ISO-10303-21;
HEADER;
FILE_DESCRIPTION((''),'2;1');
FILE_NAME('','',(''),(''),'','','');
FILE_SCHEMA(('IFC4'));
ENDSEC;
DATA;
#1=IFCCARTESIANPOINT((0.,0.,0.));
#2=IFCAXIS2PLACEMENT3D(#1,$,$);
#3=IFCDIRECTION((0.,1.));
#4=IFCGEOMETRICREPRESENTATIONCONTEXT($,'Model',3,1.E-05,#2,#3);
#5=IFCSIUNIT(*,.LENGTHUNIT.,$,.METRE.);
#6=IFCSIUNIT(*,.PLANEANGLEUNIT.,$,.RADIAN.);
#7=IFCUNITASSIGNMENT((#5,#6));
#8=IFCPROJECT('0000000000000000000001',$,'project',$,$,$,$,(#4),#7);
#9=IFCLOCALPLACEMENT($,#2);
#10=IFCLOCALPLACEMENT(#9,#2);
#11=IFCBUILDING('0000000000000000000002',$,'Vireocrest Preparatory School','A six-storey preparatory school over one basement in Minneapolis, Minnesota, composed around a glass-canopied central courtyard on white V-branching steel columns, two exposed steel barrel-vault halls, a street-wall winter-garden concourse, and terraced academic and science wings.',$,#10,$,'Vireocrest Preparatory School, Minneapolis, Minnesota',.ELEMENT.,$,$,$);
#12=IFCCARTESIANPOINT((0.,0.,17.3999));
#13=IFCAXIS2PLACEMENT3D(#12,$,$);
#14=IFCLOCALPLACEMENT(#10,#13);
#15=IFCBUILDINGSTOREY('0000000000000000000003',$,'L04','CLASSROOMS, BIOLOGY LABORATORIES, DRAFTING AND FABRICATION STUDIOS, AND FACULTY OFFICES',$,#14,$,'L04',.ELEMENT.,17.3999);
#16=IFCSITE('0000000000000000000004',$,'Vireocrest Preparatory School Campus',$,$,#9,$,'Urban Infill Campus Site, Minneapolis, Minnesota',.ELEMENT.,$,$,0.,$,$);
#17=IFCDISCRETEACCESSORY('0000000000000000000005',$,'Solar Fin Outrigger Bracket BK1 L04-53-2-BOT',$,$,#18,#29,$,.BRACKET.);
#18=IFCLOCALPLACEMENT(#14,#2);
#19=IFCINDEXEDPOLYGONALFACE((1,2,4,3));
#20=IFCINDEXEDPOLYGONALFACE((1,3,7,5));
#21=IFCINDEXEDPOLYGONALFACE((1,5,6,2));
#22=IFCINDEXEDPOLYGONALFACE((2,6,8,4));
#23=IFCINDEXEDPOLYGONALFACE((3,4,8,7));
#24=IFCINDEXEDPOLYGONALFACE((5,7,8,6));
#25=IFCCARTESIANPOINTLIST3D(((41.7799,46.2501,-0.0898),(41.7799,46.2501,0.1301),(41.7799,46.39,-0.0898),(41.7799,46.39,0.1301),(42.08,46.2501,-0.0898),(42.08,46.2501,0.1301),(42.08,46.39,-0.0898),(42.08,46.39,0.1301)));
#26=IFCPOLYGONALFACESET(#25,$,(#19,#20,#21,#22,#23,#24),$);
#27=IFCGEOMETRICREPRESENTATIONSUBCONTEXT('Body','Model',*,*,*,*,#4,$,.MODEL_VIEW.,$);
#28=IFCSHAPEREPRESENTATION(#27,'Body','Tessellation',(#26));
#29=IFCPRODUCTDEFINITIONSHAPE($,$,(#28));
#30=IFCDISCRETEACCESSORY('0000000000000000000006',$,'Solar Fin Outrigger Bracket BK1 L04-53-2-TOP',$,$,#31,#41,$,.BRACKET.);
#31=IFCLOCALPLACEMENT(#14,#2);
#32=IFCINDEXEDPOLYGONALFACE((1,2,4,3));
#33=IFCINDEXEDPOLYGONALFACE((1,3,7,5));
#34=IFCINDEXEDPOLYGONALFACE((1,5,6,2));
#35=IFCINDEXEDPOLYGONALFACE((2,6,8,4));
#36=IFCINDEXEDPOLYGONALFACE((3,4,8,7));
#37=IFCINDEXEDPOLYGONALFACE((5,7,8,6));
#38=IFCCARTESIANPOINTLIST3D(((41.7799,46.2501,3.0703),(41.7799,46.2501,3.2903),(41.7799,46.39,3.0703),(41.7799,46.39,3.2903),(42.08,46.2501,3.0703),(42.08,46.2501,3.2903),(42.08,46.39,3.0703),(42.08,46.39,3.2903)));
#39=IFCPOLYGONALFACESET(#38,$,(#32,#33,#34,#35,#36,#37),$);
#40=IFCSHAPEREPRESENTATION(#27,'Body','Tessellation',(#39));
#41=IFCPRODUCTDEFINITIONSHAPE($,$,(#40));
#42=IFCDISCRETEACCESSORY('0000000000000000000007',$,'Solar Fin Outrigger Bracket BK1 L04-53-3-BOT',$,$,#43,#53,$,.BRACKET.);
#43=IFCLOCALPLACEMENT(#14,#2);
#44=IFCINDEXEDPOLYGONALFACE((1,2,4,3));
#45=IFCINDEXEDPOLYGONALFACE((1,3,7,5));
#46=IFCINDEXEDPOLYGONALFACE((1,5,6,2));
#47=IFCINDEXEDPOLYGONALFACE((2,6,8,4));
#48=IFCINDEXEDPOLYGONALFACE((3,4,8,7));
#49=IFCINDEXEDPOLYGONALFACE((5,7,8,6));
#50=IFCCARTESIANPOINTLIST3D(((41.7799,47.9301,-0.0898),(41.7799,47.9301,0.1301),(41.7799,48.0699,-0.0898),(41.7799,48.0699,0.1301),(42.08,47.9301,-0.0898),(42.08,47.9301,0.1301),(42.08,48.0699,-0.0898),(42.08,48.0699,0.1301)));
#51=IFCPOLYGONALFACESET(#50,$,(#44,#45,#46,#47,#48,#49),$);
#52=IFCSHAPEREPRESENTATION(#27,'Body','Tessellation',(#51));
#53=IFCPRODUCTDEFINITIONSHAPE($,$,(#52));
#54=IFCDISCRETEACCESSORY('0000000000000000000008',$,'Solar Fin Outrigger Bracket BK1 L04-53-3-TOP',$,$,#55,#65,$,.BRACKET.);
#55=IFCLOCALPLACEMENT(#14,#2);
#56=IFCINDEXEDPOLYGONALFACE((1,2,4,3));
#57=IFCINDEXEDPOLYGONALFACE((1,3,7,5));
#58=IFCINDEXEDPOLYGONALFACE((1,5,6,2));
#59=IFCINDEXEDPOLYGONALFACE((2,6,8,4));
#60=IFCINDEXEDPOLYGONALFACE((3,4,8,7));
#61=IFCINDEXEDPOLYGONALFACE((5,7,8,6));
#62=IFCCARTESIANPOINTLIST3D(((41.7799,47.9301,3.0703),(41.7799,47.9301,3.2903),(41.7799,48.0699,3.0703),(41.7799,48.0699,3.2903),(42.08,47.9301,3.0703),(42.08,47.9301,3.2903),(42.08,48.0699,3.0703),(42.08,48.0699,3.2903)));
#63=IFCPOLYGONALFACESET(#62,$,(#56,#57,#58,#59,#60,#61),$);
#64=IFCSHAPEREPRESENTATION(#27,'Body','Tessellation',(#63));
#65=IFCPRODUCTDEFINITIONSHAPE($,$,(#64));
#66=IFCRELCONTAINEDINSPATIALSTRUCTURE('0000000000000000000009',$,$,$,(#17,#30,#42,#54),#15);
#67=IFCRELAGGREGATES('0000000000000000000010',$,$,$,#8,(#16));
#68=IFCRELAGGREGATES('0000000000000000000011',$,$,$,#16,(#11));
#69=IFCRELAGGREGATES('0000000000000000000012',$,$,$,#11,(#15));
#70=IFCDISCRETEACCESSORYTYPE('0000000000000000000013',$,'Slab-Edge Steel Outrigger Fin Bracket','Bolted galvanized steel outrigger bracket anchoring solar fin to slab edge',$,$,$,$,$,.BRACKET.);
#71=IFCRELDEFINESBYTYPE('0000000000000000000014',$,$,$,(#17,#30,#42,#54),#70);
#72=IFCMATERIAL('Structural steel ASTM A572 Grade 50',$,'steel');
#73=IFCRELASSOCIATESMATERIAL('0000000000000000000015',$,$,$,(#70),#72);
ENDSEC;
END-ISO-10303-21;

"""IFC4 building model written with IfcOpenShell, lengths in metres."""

from ifc_helpers import new_model, si_unit, direction, frame, origin, origin_2d, place, context, subcontext, project, spatial, rectangle, extrude, material, type_object, element, save


model = new_model("IFC4")

# Units and contexts
model_context = context("Model", 3, precision=1e-05, world=origin(), true_north=direction((0.0, 1.0)))
body_context = subcontext(model_context, "Body", "Model", "MODEL_VIEW")
ifc_project = project(units=[si_unit("LENGTHUNIT", "METRE"), si_unit("PLANEANGLEUNIT", "RADIAN")], contexts=[model_context])

# Site, building, storey
site_placement = place(None, origin())
site = spatial("IfcSite", under=ifc_project, at=site_placement, Name="Vireocrest Preparatory School Campus", LongName="Urban Infill Campus Site, Minneapolis, Minnesota", CompositionType="ELEMENT", RefElevation=0.0)
building_placement = place(site_placement, origin())
building = spatial("IfcBuilding", under=site, at=building_placement, Name="Vireocrest Preparatory School", Description="A six-storey preparatory school over one basement in Minneapolis, Minnesota, composed around a glass-canopied central courtyard on white V-branching steel columns, two exposed steel barrel-vault halls, a street-wall winter-garden concourse, and terraced academic and science wings.", LongName="Vireocrest Preparatory School, Minneapolis, Minnesota", CompositionType="ELEMENT")
storey_placement = place(building_placement, frame((0.0, 0.0, 17.3999)))
storey = spatial("IfcBuildingStorey", under=building, at=storey_placement, Name="L04", Description="CLASSROOMS, BIOLOGY LABORATORIES, DRAFTING AND FABRICATION STUDIOS, AND FACULTY OFFICES", LongName="L04", CompositionType="ELEMENT", Elevation=17.3999)

# Discrete accessories
ifc_material_1 = material(Name="Structural steel ASTM A572 Grade 50", Category="steel")
discrete_accessory_type = type_object("IfcDiscreteAccessoryType", Name="Slab-Edge Steel Outrigger Fin Bracket", Description="Bolted galvanized steel outrigger bracket anchoring solar fin to slab edge", PredefinedType="BRACKET", material=ifc_material_1)
for number, where, z_axis, x_axis, name in (
    (1, (41.9299, 46.3201, -0.0898), (0.0, 0.0, 1.0), (0.0, 1.0, 0.0), "Solar Fin Outrigger Bracket BK1 L04-53-2-BOT"),
    (2, (41.9299, 46.3201, 3.0703), (0.0, 0.0, 1.0), (0.0, 1.0, 0.0), "Solar Fin Outrigger Bracket BK1 L04-53-2-TOP"),
    (3, (41.9299, 48.0, -0.0898), (0.0, 0.0, 1.0), (0.0, 1.0, 0.0), "Solar Fin Outrigger Bracket BK1 L04-53-3-BOT"),
    (4, (41.9299, 48.0, 3.0703), (0.0, 0.0, 1.0), (0.0, 1.0, 0.0), "Solar Fin Outrigger Bracket BK1 L04-53-3-TOP"),
):
    element("IfcDiscreteAccessory", number, at=place(storey_placement, frame(where, z_axis=z_axis, x_axis=x_axis)), inside=storey, type_object=discrete_accessory_type, Name=name, PredefinedType="BRACKET", context=body_context, shape_type="SweptSolid", body=[
        extrude(rectangle(XDim=0.1399, YDim=0.3, at=origin_2d()), origin(), (0.0, 0.0, 1.0), 0.22),
    ])

save(model, "model.ifc")
